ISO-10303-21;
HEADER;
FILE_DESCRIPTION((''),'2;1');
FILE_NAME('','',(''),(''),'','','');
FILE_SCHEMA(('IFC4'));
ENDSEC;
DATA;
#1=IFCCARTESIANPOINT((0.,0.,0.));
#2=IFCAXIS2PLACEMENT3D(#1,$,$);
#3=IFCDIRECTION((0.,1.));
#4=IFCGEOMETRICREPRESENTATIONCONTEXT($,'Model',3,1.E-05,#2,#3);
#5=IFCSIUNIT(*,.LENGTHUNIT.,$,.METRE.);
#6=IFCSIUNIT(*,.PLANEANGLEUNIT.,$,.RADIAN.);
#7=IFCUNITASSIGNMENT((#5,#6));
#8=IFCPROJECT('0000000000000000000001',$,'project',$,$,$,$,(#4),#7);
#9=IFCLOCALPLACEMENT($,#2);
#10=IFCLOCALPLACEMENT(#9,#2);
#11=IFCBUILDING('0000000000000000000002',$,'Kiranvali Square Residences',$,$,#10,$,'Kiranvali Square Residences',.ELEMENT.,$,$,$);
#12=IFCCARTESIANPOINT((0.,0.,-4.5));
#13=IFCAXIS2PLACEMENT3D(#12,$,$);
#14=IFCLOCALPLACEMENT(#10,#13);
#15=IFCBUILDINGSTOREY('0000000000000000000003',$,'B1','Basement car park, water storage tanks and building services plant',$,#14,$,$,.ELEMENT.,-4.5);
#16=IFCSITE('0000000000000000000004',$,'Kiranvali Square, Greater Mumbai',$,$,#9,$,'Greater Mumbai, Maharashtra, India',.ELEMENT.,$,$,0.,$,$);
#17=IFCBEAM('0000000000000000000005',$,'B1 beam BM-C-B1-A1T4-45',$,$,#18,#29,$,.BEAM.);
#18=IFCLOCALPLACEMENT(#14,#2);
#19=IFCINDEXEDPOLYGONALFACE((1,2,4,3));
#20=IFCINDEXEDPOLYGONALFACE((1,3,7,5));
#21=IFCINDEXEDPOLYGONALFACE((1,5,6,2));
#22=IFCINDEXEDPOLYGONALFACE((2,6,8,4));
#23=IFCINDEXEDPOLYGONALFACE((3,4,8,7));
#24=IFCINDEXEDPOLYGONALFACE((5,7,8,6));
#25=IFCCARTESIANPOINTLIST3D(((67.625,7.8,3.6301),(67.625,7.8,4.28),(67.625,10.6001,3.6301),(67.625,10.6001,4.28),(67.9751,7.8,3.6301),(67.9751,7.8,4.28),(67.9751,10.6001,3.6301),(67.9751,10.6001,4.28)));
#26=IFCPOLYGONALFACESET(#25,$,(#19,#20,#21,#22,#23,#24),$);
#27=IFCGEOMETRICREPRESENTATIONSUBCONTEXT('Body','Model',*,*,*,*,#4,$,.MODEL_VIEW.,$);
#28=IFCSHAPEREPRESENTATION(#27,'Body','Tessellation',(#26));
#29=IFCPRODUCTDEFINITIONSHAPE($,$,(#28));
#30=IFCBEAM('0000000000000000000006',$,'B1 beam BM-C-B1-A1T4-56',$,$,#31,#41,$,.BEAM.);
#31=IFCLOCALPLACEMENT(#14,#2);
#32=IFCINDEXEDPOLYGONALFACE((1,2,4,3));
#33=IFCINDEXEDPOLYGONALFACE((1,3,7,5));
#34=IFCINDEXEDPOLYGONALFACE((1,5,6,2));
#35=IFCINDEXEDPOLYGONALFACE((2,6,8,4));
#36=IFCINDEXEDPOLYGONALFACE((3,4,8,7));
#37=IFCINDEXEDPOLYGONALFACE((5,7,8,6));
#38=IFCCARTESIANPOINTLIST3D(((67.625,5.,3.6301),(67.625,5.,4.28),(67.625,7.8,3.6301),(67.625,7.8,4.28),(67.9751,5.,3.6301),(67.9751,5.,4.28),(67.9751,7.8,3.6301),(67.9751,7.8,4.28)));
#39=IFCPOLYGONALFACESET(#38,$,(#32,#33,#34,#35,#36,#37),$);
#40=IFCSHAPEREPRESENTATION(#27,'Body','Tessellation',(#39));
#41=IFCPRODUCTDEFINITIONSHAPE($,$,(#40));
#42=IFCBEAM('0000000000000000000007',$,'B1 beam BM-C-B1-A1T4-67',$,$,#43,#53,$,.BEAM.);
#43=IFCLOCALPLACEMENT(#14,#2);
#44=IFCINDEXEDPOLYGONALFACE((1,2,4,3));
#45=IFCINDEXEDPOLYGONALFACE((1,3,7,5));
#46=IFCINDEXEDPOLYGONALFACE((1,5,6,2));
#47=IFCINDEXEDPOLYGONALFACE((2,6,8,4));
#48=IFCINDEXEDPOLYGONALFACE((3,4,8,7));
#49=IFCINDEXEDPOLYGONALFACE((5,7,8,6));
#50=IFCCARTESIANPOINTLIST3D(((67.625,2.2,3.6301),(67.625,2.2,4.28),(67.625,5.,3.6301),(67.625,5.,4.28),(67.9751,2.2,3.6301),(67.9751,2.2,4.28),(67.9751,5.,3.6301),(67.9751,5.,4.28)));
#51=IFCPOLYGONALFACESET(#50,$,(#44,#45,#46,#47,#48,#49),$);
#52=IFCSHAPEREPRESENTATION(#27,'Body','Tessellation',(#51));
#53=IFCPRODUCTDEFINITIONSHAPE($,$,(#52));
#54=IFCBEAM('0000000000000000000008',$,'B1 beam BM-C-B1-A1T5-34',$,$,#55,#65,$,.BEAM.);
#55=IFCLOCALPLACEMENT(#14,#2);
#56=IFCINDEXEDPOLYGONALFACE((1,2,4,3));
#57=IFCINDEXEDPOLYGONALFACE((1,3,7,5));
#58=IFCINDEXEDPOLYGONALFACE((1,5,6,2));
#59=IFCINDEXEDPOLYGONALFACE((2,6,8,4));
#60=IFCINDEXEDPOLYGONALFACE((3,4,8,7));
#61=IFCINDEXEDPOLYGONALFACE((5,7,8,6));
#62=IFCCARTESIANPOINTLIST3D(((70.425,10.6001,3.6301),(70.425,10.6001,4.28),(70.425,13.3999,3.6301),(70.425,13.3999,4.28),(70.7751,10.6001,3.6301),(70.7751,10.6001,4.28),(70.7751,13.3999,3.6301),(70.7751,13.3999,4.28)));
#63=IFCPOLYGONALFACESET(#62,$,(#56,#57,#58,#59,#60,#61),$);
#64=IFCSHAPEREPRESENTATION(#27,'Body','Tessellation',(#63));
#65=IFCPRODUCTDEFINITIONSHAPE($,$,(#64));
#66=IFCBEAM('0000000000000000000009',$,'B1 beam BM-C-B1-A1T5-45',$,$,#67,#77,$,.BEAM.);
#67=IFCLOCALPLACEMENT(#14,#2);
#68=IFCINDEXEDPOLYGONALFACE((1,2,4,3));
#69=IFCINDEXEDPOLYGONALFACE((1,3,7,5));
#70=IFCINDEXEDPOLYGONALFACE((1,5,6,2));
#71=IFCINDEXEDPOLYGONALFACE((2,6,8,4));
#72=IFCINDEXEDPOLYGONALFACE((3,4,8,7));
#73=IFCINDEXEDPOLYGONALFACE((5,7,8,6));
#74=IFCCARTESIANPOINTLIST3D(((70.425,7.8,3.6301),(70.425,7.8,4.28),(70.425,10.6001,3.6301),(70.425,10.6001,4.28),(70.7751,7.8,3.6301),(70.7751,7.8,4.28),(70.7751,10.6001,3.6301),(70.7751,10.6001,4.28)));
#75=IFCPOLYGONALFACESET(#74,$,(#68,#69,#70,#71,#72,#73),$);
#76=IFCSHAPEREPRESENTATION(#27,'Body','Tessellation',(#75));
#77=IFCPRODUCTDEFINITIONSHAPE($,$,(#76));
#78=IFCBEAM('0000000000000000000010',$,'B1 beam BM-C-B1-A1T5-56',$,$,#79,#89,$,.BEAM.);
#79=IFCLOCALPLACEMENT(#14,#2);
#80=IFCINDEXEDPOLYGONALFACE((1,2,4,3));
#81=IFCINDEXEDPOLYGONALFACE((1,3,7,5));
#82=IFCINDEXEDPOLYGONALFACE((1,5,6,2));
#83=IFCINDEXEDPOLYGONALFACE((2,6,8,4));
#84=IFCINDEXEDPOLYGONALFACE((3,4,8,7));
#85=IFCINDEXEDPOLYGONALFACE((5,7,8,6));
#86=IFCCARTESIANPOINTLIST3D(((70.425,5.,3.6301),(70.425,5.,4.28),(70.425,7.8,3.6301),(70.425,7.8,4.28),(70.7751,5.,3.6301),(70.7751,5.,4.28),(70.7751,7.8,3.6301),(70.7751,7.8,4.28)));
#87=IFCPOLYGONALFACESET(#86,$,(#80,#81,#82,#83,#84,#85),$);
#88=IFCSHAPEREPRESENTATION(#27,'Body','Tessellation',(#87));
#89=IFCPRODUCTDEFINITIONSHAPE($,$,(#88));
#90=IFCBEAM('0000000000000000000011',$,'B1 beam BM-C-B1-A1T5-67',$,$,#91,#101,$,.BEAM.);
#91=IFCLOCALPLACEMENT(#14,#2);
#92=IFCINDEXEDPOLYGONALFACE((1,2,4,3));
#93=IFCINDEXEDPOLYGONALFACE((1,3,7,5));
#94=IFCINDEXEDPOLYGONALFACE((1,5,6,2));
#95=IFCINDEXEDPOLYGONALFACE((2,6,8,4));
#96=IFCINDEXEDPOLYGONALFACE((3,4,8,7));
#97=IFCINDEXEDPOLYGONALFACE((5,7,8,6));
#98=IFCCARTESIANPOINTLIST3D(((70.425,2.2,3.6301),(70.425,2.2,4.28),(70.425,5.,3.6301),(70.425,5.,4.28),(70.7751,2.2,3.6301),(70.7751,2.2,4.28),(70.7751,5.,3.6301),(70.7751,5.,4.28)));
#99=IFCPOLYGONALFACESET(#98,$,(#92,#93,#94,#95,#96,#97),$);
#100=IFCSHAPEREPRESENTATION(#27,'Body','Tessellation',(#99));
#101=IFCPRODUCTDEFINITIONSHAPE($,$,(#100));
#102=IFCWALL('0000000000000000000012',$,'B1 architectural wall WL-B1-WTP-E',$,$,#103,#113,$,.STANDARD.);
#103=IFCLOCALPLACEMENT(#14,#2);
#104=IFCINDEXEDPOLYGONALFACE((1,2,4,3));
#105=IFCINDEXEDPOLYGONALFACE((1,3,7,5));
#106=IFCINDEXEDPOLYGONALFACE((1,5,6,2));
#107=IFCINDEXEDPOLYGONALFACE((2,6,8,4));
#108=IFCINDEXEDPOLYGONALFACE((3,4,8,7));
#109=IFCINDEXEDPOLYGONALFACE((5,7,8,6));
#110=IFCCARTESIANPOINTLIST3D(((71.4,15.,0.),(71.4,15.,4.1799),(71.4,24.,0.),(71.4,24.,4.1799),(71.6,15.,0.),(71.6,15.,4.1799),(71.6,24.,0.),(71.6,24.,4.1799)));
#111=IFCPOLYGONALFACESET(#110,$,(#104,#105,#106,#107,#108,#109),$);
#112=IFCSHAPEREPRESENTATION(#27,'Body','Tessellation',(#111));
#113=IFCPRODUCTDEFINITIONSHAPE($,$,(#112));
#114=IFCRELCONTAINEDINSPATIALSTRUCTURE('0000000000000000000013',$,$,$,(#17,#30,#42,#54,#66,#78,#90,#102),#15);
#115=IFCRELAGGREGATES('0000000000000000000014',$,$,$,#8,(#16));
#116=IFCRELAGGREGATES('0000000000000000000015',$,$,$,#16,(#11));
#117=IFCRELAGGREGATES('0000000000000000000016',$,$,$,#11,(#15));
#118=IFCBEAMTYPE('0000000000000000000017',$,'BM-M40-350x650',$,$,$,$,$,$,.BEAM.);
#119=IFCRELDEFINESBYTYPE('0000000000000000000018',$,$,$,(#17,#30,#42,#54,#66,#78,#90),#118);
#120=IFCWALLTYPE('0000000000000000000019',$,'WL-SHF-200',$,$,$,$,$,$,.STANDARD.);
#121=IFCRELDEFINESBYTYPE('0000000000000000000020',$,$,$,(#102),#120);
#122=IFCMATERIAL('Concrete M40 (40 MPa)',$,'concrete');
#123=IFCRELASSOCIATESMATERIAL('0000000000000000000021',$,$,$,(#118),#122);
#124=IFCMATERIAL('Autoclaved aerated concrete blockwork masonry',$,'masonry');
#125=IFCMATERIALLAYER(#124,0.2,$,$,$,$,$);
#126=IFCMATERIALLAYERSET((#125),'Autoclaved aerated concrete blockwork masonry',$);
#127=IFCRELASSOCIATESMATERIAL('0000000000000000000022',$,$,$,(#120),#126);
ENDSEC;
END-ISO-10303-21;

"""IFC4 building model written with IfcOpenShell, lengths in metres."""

from ifc_helpers import new_model, si_unit, direction, frame, frame_2d, origin, origin_2d, place, context, subcontext, project, spatial, rectangle, extrude, material, layer, layer_set, material_profile, profile_set, type_object, element, save


model = new_model("IFC4")

# Units and contexts
model_context = context("Model", 3, precision=1e-05, world=origin(), true_north=direction((0.0, 1.0)))
body_context = subcontext(model_context, "Body", "Model", "MODEL_VIEW")
ifc_project = project(units=[si_unit("LENGTHUNIT", "METRE"), si_unit("PLANEANGLEUNIT", "RADIAN")], contexts=[model_context])

# Site, building, storey
site_placement = place(None, origin())
site = spatial("IfcSite", under=ifc_project, at=site_placement, Name="Kiranvali Square, Greater Mumbai", LongName="Greater Mumbai, Maharashtra, India", CompositionType="ELEMENT", RefElevation=0.0)
building_placement = place(site_placement, origin())
building = spatial("IfcBuilding", under=site, at=building_placement, Name="Kiranvali Square Residences", LongName="Kiranvali Square Residences", CompositionType="ELEMENT")
storey_placement = place(building_placement, frame((0.0, 0.0, -4.5)))
storey = spatial("IfcBuildingStorey", under=building, at=storey_placement, Name="B1", Description="Basement car park, water storage tanks and building services plant", CompositionType="ELEMENT", Elevation=-4.5)

# Shared definitions
ifc_material_1 = material(Name="Concrete M40 (40 MPa)", Category="concrete")

# Beams
ifc_material_profile_1 = material_profile(ifc_material_1, rectangle(XDim=0.3501, YDim=0.6499, at=origin_2d()), Name="RC 350x650")
ifc_profile_set_1 = profile_set([ifc_material_profile_1], Name="Concrete M40 (40 MPa)")
beam_type = type_object("IfcBeamType", Name="BM-M40-350x650", PredefinedType="BEAM", material=ifc_profile_set_1)
for number, where, z_axis, x_axis, name in (
    (1, (67.8, 10.6001, 3.9551), (0.0, -1.0, 0.0), (1.0, 0.0, 0.0), "B1 beam BM-C-B1-A1T4-45"),
    (2, (67.8, 7.8, 3.9551), (0.0, -1.0, 0.0), (1.0, 0.0, 0.0), "B1 beam BM-C-B1-A1T4-56"),
    (3, (67.8, 5.0, 3.9551), (0.0, -1.0, 0.0), (1.0, 0.0, 0.0), "B1 beam BM-C-B1-A1T4-67"),
):
    element("IfcBeam", number, at=place(storey_placement, frame(where, z_axis=z_axis, x_axis=x_axis)), inside=storey, type_object=beam_type, Name=name, PredefinedType="BEAM", context=body_context, shape_type="SweptSolid", body=[
        extrude(rectangle(XDim=0.3501, YDim=0.6499, at=origin_2d()), origin(), (0.0, 0.0, 1.0), 2.8),
    ])
beam_1_placement = place(storey_placement, frame((70.6001, 13.3999, 3.9551), z_axis=(0.0, -1.0, 0.0), x_axis=(1.0, 0.0, 0.0)))
element("IfcBeam", 4, at=beam_1_placement, inside=storey, type_object=beam_type, Name="B1 beam BM-C-B1-A1T5-34", PredefinedType="BEAM", context=body_context, shape_type="SweptSolid", body=[
    extrude(rectangle(XDim=0.3501, YDim=0.6499, at=origin_2d()), origin(), (0.0, 0.0, 1.0), 2.7998),
])
for number, where, z_axis, x_axis, name in (
    (5, (70.6001, 10.6001, 3.9551), (0.0, -1.0, 0.0), (1.0, 0.0, 0.0), "B1 beam BM-C-B1-A1T5-45"),
    (6, (70.6001, 7.8, 3.9551), (0.0, -1.0, 0.0), (1.0, 0.0, 0.0), "B1 beam BM-C-B1-A1T5-56"),
    (7, (70.6001, 5.0, 3.9551), (0.0, -1.0, 0.0), (1.0, 0.0, 0.0), "B1 beam BM-C-B1-A1T5-67"),
):
    element("IfcBeam", number, at=place(storey_placement, frame(where, z_axis=z_axis, x_axis=x_axis)), inside=storey, type_object=beam_type, Name=name, PredefinedType="BEAM", context=body_context, shape_type="SweptSolid", body=[
        extrude(rectangle(XDim=0.3501, YDim=0.6499, at=origin_2d()), origin(), (0.0, 0.0, 1.0), 2.8),
    ])

# Wall
ifc_material_2 = material(Name="Autoclaved aerated concrete blockwork masonry", Category="masonry")
ifc_layer = layer(ifc_material_2, 0.2)
ifc_layer_set = layer_set([ifc_layer], Name="Autoclaved aerated concrete blockwork masonry")
wall_type = type_object("IfcWallType", Name="WL-SHF-200", PredefinedType="STANDARD", material=ifc_layer_set)
wall_placement = place(storey_placement, frame((71.5, 15.0, 0.0), z_axis=(0.0, 0.0, 1.0), x_axis=(0.0, 1.0, 0.0)))
element("IfcWall", 8, at=wall_placement, inside=storey, type_object=wall_type, Name="B1 architectural wall WL-B1-WTP-E", PredefinedType="STANDARD", context=body_context, shape_type="SweptSolid", body=[
    extrude(rectangle(XDim=9.0, YDim=0.2, at=frame_2d((4.5, 0.0))), origin(), (0.0, 0.0, 1.0), 4.1799),
])

save(model, "model.ifc")
